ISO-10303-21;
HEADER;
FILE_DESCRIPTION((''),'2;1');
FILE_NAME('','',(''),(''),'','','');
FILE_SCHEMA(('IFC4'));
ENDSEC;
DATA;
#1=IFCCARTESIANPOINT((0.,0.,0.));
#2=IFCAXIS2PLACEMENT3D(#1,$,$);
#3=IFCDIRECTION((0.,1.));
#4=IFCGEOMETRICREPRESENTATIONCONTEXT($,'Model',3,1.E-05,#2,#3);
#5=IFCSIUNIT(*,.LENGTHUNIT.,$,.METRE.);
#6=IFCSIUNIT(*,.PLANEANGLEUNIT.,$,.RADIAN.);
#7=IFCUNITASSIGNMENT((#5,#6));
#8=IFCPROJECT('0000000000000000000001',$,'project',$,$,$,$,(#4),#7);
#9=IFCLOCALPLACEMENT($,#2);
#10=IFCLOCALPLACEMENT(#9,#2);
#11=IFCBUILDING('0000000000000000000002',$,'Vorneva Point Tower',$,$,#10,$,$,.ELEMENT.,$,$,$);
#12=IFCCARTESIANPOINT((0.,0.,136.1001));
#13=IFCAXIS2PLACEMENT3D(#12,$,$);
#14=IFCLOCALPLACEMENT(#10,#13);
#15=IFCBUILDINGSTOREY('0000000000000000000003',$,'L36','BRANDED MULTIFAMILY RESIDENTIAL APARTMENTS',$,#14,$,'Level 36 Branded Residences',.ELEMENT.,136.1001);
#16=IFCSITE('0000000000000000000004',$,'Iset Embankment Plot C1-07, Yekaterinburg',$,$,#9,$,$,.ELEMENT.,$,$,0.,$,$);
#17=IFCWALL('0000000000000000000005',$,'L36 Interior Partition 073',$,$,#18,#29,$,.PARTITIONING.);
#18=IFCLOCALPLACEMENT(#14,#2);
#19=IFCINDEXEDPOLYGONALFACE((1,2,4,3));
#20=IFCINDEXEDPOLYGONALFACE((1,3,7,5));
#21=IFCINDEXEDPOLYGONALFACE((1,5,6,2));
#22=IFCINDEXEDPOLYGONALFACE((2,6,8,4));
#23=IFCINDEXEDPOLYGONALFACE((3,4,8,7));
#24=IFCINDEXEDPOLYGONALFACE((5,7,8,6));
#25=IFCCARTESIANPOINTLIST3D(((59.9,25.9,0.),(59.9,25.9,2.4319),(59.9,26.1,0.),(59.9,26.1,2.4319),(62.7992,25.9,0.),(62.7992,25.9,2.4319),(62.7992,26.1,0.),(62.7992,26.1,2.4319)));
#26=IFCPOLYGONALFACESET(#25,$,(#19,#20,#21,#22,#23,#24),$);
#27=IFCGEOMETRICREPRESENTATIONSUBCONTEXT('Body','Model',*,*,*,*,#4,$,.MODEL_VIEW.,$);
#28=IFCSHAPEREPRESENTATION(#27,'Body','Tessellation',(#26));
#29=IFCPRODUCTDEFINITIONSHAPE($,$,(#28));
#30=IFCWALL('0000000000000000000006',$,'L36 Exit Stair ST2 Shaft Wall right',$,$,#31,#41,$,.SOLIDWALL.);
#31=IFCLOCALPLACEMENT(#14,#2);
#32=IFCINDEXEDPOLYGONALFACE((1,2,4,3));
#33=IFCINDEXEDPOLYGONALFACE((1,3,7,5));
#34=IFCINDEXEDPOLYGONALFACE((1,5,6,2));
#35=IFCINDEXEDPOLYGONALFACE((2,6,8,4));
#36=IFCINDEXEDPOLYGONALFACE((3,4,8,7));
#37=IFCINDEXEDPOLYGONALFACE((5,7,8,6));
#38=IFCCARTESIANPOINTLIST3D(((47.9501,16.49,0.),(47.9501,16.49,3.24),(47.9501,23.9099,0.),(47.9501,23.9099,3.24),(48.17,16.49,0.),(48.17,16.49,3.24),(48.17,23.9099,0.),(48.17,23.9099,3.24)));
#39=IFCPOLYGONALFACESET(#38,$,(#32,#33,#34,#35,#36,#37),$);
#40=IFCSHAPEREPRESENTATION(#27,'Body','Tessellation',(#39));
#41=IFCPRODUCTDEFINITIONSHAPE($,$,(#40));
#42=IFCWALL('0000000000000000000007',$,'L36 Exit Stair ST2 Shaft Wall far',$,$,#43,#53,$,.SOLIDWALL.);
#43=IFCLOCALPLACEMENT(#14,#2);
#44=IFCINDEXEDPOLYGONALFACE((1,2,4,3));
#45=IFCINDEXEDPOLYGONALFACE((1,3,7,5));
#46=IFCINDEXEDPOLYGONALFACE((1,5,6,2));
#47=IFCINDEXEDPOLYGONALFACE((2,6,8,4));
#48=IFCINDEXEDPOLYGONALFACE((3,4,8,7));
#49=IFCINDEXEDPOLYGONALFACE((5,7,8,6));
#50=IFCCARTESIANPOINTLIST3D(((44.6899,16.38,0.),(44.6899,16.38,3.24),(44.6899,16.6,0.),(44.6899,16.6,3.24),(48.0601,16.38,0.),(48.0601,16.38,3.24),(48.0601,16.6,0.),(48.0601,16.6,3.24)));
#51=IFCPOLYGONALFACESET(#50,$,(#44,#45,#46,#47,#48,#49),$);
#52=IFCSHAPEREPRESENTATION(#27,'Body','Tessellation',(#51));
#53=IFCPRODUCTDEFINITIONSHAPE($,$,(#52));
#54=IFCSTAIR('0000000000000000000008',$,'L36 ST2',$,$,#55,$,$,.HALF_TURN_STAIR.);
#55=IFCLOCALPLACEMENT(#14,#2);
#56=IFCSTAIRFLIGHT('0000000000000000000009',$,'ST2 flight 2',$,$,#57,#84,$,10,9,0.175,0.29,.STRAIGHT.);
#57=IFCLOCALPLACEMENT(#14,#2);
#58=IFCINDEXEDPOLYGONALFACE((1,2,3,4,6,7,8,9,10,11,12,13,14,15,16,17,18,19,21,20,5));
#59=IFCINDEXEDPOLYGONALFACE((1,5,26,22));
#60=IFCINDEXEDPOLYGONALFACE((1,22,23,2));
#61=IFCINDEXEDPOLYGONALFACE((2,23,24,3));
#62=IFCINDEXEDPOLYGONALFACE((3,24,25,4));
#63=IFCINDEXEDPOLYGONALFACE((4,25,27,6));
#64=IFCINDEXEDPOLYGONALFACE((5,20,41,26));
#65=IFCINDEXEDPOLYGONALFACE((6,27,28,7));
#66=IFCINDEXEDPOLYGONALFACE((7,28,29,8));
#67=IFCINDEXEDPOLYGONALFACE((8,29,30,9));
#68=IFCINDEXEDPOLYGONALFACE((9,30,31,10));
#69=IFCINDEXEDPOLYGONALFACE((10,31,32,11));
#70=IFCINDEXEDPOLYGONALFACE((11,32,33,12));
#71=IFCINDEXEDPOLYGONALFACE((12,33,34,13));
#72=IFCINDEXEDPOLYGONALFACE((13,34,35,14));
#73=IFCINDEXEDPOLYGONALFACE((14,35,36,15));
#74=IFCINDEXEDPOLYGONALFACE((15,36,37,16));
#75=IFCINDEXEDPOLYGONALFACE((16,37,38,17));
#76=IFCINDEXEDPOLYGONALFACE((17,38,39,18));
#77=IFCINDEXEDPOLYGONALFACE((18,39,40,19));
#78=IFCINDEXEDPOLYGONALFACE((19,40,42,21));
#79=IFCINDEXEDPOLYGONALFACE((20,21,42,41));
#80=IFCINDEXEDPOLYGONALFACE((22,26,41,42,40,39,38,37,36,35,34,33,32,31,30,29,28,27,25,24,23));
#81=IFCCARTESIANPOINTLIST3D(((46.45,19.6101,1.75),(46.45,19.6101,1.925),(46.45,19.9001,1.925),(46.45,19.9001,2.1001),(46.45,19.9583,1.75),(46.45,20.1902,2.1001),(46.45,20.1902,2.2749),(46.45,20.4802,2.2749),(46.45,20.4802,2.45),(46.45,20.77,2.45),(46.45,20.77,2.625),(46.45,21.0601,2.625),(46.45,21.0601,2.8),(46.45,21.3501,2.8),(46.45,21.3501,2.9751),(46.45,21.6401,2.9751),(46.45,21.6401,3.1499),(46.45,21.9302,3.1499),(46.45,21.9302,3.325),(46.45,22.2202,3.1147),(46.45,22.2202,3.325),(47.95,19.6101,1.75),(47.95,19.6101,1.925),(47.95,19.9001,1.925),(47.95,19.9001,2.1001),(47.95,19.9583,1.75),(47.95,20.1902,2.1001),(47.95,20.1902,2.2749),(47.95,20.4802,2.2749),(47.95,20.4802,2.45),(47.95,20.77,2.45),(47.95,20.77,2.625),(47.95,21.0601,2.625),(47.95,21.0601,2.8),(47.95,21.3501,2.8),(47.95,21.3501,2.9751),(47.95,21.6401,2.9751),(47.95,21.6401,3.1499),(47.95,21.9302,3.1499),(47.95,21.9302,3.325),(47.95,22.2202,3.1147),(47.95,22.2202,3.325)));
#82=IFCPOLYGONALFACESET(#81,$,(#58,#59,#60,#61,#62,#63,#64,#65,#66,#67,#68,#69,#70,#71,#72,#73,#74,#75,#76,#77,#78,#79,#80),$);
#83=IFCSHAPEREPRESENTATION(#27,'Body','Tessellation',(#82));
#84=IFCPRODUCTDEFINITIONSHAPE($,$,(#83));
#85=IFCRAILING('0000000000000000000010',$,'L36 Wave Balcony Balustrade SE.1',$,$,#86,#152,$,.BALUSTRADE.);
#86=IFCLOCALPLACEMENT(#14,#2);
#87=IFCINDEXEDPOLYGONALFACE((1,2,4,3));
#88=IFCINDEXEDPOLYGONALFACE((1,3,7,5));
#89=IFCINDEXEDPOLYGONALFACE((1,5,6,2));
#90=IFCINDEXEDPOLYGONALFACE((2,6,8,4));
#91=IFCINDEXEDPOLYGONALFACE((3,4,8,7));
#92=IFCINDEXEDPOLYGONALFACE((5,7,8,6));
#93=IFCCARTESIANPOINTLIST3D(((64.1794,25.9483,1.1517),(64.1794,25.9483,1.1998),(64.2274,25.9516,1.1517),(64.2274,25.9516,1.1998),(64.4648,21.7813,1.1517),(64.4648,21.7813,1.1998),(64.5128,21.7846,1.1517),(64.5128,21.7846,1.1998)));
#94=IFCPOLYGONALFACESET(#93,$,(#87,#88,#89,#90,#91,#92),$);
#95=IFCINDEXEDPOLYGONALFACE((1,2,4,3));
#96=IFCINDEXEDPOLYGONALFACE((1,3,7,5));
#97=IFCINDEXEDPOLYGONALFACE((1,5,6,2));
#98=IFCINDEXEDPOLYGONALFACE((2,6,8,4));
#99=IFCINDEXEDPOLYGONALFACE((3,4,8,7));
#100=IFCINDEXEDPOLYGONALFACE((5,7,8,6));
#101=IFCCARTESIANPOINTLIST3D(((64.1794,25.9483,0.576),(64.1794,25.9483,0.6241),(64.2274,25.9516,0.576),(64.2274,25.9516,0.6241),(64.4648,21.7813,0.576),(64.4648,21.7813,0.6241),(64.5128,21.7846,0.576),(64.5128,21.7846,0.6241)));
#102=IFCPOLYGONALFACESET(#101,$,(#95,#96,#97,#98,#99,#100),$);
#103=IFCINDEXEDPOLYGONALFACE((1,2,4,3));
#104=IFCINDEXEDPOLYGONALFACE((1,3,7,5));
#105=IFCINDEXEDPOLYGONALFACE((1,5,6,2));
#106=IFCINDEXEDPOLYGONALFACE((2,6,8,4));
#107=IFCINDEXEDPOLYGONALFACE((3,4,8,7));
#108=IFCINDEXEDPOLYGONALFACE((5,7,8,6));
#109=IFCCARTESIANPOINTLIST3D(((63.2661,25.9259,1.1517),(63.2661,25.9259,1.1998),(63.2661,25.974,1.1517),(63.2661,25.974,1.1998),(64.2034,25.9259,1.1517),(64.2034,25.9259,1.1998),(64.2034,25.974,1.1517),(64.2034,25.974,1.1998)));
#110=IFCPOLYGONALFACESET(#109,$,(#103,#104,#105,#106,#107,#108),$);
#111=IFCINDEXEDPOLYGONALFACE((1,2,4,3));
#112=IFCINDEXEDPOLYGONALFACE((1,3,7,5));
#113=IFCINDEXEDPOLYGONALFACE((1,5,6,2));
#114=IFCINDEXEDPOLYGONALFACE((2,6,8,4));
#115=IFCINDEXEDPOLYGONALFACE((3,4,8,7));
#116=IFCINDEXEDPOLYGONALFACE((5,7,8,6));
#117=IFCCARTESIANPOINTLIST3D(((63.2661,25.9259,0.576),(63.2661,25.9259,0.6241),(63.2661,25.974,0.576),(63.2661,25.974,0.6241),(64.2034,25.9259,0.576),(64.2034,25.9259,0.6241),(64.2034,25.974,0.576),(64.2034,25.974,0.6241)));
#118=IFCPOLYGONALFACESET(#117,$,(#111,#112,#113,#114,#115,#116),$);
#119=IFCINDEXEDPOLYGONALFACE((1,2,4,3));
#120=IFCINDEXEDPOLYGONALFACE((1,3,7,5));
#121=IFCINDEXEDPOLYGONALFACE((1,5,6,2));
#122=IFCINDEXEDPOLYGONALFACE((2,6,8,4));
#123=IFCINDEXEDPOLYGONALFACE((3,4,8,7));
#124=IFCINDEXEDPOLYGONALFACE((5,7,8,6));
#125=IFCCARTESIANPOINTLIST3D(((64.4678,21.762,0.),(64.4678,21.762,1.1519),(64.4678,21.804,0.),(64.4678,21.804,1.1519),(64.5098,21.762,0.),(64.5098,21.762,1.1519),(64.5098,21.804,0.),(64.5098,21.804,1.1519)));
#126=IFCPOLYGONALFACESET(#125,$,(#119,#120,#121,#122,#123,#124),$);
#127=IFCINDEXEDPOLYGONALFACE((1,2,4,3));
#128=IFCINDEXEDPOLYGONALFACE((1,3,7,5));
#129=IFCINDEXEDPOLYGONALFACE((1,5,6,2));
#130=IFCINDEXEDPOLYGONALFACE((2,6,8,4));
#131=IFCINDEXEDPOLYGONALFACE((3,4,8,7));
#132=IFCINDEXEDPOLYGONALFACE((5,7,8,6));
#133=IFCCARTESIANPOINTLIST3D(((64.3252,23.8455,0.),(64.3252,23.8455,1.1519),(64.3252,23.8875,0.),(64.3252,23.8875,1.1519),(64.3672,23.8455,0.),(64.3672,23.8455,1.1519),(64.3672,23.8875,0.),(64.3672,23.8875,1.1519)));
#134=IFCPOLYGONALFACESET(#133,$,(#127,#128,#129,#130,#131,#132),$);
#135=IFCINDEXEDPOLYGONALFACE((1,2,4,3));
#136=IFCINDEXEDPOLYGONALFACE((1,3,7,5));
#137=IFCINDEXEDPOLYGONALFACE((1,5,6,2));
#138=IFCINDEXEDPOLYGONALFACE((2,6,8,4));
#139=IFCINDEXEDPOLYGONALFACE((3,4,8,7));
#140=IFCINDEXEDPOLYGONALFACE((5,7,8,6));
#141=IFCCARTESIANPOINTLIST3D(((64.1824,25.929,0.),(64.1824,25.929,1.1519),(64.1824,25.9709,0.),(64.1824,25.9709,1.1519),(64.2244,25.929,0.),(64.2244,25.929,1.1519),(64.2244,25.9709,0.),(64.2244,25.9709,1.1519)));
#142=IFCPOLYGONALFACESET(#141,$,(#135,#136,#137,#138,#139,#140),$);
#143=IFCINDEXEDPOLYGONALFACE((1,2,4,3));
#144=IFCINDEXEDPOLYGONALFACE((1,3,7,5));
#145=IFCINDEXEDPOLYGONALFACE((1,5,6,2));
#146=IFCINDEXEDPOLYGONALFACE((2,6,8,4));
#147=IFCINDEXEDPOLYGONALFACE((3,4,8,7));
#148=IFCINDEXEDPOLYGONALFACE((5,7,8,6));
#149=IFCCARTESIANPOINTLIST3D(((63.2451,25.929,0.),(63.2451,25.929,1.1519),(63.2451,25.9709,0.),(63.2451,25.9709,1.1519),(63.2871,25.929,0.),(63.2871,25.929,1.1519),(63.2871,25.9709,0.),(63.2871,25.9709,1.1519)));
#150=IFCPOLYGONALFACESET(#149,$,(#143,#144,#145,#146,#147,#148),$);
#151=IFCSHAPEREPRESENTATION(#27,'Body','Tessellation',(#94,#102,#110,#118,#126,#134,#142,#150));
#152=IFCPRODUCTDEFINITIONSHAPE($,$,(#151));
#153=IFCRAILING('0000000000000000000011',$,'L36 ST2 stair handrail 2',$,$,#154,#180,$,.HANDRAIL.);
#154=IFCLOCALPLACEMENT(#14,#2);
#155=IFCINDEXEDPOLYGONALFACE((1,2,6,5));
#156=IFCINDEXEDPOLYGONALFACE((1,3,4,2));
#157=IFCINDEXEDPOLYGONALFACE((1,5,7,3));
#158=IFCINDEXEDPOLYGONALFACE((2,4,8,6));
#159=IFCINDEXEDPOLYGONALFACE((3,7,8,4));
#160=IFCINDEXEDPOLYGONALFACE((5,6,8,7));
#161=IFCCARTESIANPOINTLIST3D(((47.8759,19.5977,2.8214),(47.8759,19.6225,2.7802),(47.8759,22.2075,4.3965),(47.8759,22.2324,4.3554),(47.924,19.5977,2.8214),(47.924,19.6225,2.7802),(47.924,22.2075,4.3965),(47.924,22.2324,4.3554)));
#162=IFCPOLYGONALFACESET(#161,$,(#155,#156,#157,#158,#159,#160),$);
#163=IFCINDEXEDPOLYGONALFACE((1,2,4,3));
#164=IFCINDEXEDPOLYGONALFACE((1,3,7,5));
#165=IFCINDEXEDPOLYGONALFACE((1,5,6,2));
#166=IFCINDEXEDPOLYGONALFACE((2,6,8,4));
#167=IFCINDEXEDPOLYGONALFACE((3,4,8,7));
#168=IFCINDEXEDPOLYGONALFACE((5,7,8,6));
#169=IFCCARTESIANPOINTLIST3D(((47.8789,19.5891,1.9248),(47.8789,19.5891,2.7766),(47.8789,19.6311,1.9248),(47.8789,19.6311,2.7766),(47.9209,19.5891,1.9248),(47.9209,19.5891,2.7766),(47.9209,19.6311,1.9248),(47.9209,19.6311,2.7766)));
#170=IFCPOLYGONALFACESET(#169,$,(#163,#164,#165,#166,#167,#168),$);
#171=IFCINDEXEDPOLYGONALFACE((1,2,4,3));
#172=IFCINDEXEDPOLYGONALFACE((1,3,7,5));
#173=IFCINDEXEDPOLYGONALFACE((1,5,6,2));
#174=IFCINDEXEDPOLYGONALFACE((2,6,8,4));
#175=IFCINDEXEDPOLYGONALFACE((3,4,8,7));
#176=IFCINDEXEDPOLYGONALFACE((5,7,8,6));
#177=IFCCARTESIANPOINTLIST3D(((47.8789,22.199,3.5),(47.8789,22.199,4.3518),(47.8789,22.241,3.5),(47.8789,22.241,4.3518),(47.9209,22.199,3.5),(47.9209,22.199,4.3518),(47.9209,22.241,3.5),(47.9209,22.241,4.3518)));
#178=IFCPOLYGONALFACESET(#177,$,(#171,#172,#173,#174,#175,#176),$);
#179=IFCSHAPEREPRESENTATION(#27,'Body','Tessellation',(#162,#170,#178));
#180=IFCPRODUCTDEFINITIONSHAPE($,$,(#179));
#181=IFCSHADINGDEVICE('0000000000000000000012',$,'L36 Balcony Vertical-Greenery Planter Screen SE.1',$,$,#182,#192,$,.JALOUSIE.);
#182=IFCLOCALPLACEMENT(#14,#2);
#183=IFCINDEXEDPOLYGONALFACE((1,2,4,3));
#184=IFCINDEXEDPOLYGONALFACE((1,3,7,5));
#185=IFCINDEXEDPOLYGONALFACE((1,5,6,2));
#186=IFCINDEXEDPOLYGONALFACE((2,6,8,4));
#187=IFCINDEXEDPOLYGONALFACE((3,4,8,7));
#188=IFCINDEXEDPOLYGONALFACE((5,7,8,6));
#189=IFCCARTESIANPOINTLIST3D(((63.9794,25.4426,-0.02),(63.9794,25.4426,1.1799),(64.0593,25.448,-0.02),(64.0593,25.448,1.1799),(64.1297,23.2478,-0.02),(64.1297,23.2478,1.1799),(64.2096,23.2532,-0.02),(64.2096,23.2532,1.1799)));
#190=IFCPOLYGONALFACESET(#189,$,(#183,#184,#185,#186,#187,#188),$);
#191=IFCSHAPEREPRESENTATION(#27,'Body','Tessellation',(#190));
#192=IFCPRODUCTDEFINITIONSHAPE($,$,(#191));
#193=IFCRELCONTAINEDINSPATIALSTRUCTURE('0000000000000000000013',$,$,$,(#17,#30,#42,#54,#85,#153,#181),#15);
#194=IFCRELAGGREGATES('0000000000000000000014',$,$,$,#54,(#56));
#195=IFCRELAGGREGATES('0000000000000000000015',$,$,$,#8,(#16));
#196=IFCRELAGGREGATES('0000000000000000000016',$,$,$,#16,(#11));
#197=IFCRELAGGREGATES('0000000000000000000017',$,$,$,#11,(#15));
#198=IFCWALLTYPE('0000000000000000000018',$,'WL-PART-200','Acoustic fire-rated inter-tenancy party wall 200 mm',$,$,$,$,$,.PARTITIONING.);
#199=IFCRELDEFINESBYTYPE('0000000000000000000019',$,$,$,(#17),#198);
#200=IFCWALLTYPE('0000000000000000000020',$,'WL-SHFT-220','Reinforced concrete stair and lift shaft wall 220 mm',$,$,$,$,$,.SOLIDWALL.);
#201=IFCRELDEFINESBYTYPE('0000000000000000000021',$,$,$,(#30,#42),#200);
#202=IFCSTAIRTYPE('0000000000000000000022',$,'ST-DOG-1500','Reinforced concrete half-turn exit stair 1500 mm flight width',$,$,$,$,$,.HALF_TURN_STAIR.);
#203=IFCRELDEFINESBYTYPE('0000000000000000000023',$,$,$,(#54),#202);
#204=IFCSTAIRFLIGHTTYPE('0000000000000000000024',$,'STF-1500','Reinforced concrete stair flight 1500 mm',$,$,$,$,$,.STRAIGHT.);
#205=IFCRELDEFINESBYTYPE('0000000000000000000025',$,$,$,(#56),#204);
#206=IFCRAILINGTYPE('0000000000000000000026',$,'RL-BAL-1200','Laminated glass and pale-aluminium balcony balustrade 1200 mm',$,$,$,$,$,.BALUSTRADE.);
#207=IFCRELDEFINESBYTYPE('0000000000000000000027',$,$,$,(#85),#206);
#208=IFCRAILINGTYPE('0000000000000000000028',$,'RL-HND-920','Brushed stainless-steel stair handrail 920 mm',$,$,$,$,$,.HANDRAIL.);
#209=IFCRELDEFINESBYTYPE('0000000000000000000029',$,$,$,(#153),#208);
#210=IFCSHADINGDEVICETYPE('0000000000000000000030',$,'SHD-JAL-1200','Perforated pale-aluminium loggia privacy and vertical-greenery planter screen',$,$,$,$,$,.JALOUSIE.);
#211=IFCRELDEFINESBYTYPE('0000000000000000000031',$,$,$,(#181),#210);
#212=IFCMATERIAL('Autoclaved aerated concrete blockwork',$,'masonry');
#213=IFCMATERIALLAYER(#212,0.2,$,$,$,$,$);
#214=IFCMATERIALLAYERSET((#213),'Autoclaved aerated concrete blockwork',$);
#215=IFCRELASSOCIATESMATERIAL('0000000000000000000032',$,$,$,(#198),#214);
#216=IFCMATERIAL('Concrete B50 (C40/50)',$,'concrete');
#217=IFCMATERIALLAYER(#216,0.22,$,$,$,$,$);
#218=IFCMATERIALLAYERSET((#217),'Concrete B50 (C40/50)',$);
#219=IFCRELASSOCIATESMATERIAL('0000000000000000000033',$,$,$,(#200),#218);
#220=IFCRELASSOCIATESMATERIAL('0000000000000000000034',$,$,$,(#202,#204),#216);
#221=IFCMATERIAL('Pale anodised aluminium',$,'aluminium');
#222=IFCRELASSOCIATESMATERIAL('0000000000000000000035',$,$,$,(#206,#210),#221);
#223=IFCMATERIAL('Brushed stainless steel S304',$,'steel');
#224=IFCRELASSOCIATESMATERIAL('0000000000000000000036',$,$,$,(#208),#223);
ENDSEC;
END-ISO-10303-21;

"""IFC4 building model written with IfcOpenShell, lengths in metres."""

from ifc_helpers import new_model, si_unit, direction, frame, frame_2d, origin, origin_2d, place, context, subcontext, project, spatial, polyline, rectangle, outline, extrude, material, layer, layer_set, type_object, element, aggregate, save


model = new_model("IFC4")

# Units and contexts
model_context = context("Model", 3, precision=1e-05, world=origin(), true_north=direction((0.0, 1.0)))
body_context = subcontext(model_context, "Body", "Model", "MODEL_VIEW")
ifc_project = project(units=[si_unit("LENGTHUNIT", "METRE"), si_unit("PLANEANGLEUNIT", "RADIAN")], contexts=[model_context])

# Site, building, storey
site_placement = place(None, origin())
site = spatial("IfcSite", under=ifc_project, at=site_placement, Name="Iset Embankment Plot C1-07, Yekaterinburg", CompositionType="ELEMENT", RefElevation=0.0)
building_placement = place(site_placement, origin())
building = spatial("IfcBuilding", under=site, at=building_placement, Name="Vorneva Point Tower", CompositionType="ELEMENT")
storey_placement = place(building_placement, frame((0.0, 0.0, 136.1001)))
storey = spatial("IfcBuildingStorey", under=building, at=storey_placement, Name="L36", Description="BRANDED MULTIFAMILY RESIDENTIAL APARTMENTS", LongName="Level 36 Branded Residences", CompositionType="ELEMENT", Elevation=136.1001)

# Shared definitions
ifc_material_1 = material(Name="Pale anodised aluminium", Category="aluminium")

# Shared definitions
ifc_material_2 = material(Name="Autoclaved aerated concrete blockwork", Category="masonry")

# Walls
ifc_layer_1 = layer(ifc_material_2, 0.2)
ifc_layer_set_1 = layer_set([ifc_layer_1], Name="Autoclaved aerated concrete blockwork")
wall_type_1 = type_object("IfcWallType", Name="WL-PART-200", Description="Acoustic fire-rated inter-tenancy party wall 200 mm", PredefinedType="PARTITIONING", material=ifc_layer_set_1)
wall_1_placement = place(storey_placement, frame((59.8999, 26.0, 0.0), z_axis=(0.0, 0.0, 1.0), x_axis=(1.0, 0.0, 0.0)))
element("IfcWall", 1, at=wall_1_placement, inside=storey, type_object=wall_type_1, Name="L36 Interior Partition 073", PredefinedType="PARTITIONING", context=body_context, shape_type="SweptSolid", body=[
    extrude(rectangle(XDim=2.8992, YDim=0.2, at=frame_2d((1.4497, 0.0))), origin(), (0.0, 0.0, 1.0), 2.4319),
])
ifc_material_3 = material(Name="Concrete B50 (C40/50)", Category="concrete")
ifc_layer_2 = layer(ifc_material_3, 0.22)
ifc_layer_set_2 = layer_set([ifc_layer_2], Name="Concrete B50 (C40/50)")
wall_type_2 = type_object("IfcWallType", Name="WL-SHFT-220", Description="Reinforced concrete stair and lift shaft wall 220 mm", PredefinedType="SOLIDWALL", material=ifc_layer_set_2)
wall_2_placement = place(storey_placement, frame((48.0601, 23.9099, 0.0), z_axis=(0.0, 0.0, 1.0), x_axis=(0.0, -1.0, 0.0)))
element("IfcWall", 2, at=wall_2_placement, inside=storey, type_object=wall_type_2, Name="L36 Exit Stair ST2 Shaft Wall right", PredefinedType="SOLIDWALL", context=body_context, shape_type="SweptSolid", body=[
    extrude(rectangle(XDim=7.4199, YDim=0.22, at=frame_2d((3.71, 0.0))), origin(), (0.0, 0.0, 1.0), 3.24),
])
wall_3_placement = place(storey_placement, frame((48.0601, 16.49, 0.0), z_axis=(0.0, 0.0, 1.0), x_axis=(-1.0, 0.0, 0.0)))
element("IfcWall", 3, at=wall_3_placement, inside=storey, type_object=wall_type_2, Name="L36 Exit Stair ST2 Shaft Wall far", PredefinedType="SOLIDWALL", context=body_context, shape_type="SweptSolid", body=[
    extrude(rectangle(XDim=3.3701, YDim=0.22, at=frame_2d((1.6851, 0.0))), origin(), (0.0, 0.0, 1.0), 3.24),
])

# Stair, stair flight
stair_type = type_object("IfcStairType", Name="ST-DOG-1500", Description="Reinforced concrete half-turn exit stair 1500 mm flight width", PredefinedType="HALF_TURN_STAIR", material=ifc_material_3)
stair_placement = place(storey_placement, origin())
stair = element("IfcStair", 4, at=stair_placement, inside=storey, type_object=stair_type, Name="L36 ST2", PredefinedType="HALF_TURN_STAIR")
stair_flight_type = type_object("IfcStairFlightType", Name="STF-1500", Description="Reinforced concrete stair flight 1500 mm", PredefinedType="STRAIGHT", material=ifc_material_3)
stair_flight_placement = place(storey_placement, frame((47.2, 19.6101, 1.75), z_axis=(0.0, 0.0, 1.0), x_axis=(0.0, 1.0, 0.0)))
stair_flight = element("IfcStairFlight", 5, at=stair_flight_placement, type_object=stair_flight_type, Name="ST2 flight 2", NumberOfRisers=10, NumberOfTreads=9, PredefinedType="STRAIGHT", RiserHeight=0.175, TreadLength=0.29, context=body_context, shape_type="SweptSolid", body=[
    extrude(outline(polyline([(0.0, 0.0), (0.0, 0.175), (0.29, 0.175), (0.29, 0.3501), (0.5801, 0.3501), (0.5801, 0.5249), (0.8701, 0.5249), (0.8701, 0.7), (1.1599, 0.7), (1.1599, 0.875), (1.45, 0.875), (1.45, 1.05), (1.74, 1.05), (1.74, 1.2251), (2.03, 1.2251), (2.03, 1.3999), (2.3201, 1.3999), (2.3201, 1.575), (2.6101, 1.575), (2.6101, 1.75), (2.6101, 1.3647), (0.3481, 0.0), (0.0, 0.0)])), frame((0.0, 0.75, 0.0), z_axis=(0.0, -1.0, 0.0), x_axis=(1.0, 0.0, 0.0)), (0.0, 0.0, 1.0), 1.5),
])
aggregate(stair, [stair_flight])

# Railings
railing_type_1 = type_object("IfcRailingType", Name="RL-BAL-1200", Description="Laminated glass and pale-aluminium balcony balustrade 1200 mm", PredefinedType="BALUSTRADE", material=ifc_material_1)
railing_1_placement = place(storey_placement, frame((64.4888, 21.783, 0.0)))
element("IfcRailing", 6, at=railing_1_placement, inside=storey, type_object=railing_type_1, Name="L36 Wave Balcony Balustrade SE.1", PredefinedType="BALUSTRADE", context=body_context, shape_type="SweptSolid", body=[
    extrude(rectangle(XDim=0.0481, YDim=0.0481, at=origin_2d()), frame((0.0, 0.0, 1.1758), z_axis=(-0.068331, 0.997663, 0.0), x_axis=(-0.997663, -0.068331, 0.0)), (0.0, 0.0, 1.0), 4.1768),
    extrude(rectangle(XDim=0.0481, YDim=0.0481, at=origin_2d()), frame((0.0, 0.0, 0.6001), z_axis=(-0.068331, 0.997663, 0.0), x_axis=(-0.997663, -0.068331, 0.0)), (0.0, 0.0, 1.0), 4.1768),
    extrude(rectangle(XDim=0.0481, YDim=0.0481, at=origin_2d()), frame((-0.2854, 4.167, 1.1758), z_axis=(-1.0, 0.0, 0.0), x_axis=(0.0, -1.0, 0.0)), (0.0, 0.0, 1.0), 0.9373),
    extrude(rectangle(XDim=0.0481, YDim=0.0481, at=origin_2d()), frame((-0.2854, 4.167, 0.6001), z_axis=(-1.0, 0.0, 0.0), x_axis=(0.0, -1.0, 0.0)), (0.0, 0.0, 1.0), 0.9373),
    extrude(rectangle(XDim=0.042, YDim=0.042, at=origin_2d()), origin(), (0.0, 0.0, 1.0), 1.1519),
    extrude(rectangle(XDim=0.042, YDim=0.042, at=origin_2d()), frame((-0.1426, 2.0835, 0.0)), (0.0, 0.0, 1.0), 1.1519),
    extrude(rectangle(XDim=0.042, YDim=0.042, at=origin_2d()), frame((-0.2854, 4.167, 0.0)), (0.0, 0.0, 1.0), 1.1519),
    extrude(rectangle(XDim=0.042, YDim=0.042, at=origin_2d()), frame((-1.2227, 4.167, 0.0)), (0.0, 0.0, 1.0), 1.1519),
])
ifc_material_4 = material(Name="Brushed stainless steel S304", Category="steel")
railing_type_2 = type_object("IfcRailingType", Name="RL-HND-920", Description="Brushed stainless-steel stair handrail 920 mm", PredefinedType="HANDRAIL", material=ifc_material_4)
railing_2_placement = place(storey_placement, frame((47.8999, 19.6101, 1.9248)))
element("IfcRailing", 7, at=railing_2_placement, inside=storey, type_object=railing_type_2, Name="L36 ST2 stair handrail 2", PredefinedType="HANDRAIL", context=body_context, shape_type="SweptSolid", body=[
    extrude(rectangle(XDim=0.0481, YDim=0.0481, at=origin_2d()), frame((0.0, 0.0, 0.876), z_axis=(0.0, 0.856147, 0.516732), x_axis=(-1.0, 0.0, 0.0)), (0.0, 0.0, 1.0), 3.0483),
    extrude(rectangle(XDim=0.042, YDim=0.042, at=origin_2d()), origin(), (0.0, 0.0, 1.0), 0.8518),
    extrude(rectangle(XDim=0.042, YDim=0.042, at=origin_2d()), frame((0.0, 2.6099, 1.5752)), (0.0, 0.0, 1.0), 0.8518),
])

# Shading device
shading_device_type = type_object("IfcShadingDeviceType", Name="SHD-JAL-1200", Description="Perforated pale-aluminium loggia privacy and vertical-greenery planter screen", PredefinedType="JALOUSIE", material=ifc_material_1)
shading_device_placement = place(storey_placement, frame((64.0945, 24.3479, -0.02), z_axis=(0.0, 0.0, 1.0), x_axis=(-0.068311, 0.997664, 0.0)))
element("IfcShadingDevice", 8, at=shading_device_placement, inside=storey, type_object=shading_device_type, Name="L36 Balcony Vertical-Greenery Planter Screen SE.1", PredefinedType="JALOUSIE", context=body_context, shape_type="SweptSolid", body=[
    extrude(rectangle(XDim=2.2, YDim=0.0801, at=origin_2d()), origin(), (0.0, 0.0, 1.0), 1.2),
])

save(model, "model.ifc")
